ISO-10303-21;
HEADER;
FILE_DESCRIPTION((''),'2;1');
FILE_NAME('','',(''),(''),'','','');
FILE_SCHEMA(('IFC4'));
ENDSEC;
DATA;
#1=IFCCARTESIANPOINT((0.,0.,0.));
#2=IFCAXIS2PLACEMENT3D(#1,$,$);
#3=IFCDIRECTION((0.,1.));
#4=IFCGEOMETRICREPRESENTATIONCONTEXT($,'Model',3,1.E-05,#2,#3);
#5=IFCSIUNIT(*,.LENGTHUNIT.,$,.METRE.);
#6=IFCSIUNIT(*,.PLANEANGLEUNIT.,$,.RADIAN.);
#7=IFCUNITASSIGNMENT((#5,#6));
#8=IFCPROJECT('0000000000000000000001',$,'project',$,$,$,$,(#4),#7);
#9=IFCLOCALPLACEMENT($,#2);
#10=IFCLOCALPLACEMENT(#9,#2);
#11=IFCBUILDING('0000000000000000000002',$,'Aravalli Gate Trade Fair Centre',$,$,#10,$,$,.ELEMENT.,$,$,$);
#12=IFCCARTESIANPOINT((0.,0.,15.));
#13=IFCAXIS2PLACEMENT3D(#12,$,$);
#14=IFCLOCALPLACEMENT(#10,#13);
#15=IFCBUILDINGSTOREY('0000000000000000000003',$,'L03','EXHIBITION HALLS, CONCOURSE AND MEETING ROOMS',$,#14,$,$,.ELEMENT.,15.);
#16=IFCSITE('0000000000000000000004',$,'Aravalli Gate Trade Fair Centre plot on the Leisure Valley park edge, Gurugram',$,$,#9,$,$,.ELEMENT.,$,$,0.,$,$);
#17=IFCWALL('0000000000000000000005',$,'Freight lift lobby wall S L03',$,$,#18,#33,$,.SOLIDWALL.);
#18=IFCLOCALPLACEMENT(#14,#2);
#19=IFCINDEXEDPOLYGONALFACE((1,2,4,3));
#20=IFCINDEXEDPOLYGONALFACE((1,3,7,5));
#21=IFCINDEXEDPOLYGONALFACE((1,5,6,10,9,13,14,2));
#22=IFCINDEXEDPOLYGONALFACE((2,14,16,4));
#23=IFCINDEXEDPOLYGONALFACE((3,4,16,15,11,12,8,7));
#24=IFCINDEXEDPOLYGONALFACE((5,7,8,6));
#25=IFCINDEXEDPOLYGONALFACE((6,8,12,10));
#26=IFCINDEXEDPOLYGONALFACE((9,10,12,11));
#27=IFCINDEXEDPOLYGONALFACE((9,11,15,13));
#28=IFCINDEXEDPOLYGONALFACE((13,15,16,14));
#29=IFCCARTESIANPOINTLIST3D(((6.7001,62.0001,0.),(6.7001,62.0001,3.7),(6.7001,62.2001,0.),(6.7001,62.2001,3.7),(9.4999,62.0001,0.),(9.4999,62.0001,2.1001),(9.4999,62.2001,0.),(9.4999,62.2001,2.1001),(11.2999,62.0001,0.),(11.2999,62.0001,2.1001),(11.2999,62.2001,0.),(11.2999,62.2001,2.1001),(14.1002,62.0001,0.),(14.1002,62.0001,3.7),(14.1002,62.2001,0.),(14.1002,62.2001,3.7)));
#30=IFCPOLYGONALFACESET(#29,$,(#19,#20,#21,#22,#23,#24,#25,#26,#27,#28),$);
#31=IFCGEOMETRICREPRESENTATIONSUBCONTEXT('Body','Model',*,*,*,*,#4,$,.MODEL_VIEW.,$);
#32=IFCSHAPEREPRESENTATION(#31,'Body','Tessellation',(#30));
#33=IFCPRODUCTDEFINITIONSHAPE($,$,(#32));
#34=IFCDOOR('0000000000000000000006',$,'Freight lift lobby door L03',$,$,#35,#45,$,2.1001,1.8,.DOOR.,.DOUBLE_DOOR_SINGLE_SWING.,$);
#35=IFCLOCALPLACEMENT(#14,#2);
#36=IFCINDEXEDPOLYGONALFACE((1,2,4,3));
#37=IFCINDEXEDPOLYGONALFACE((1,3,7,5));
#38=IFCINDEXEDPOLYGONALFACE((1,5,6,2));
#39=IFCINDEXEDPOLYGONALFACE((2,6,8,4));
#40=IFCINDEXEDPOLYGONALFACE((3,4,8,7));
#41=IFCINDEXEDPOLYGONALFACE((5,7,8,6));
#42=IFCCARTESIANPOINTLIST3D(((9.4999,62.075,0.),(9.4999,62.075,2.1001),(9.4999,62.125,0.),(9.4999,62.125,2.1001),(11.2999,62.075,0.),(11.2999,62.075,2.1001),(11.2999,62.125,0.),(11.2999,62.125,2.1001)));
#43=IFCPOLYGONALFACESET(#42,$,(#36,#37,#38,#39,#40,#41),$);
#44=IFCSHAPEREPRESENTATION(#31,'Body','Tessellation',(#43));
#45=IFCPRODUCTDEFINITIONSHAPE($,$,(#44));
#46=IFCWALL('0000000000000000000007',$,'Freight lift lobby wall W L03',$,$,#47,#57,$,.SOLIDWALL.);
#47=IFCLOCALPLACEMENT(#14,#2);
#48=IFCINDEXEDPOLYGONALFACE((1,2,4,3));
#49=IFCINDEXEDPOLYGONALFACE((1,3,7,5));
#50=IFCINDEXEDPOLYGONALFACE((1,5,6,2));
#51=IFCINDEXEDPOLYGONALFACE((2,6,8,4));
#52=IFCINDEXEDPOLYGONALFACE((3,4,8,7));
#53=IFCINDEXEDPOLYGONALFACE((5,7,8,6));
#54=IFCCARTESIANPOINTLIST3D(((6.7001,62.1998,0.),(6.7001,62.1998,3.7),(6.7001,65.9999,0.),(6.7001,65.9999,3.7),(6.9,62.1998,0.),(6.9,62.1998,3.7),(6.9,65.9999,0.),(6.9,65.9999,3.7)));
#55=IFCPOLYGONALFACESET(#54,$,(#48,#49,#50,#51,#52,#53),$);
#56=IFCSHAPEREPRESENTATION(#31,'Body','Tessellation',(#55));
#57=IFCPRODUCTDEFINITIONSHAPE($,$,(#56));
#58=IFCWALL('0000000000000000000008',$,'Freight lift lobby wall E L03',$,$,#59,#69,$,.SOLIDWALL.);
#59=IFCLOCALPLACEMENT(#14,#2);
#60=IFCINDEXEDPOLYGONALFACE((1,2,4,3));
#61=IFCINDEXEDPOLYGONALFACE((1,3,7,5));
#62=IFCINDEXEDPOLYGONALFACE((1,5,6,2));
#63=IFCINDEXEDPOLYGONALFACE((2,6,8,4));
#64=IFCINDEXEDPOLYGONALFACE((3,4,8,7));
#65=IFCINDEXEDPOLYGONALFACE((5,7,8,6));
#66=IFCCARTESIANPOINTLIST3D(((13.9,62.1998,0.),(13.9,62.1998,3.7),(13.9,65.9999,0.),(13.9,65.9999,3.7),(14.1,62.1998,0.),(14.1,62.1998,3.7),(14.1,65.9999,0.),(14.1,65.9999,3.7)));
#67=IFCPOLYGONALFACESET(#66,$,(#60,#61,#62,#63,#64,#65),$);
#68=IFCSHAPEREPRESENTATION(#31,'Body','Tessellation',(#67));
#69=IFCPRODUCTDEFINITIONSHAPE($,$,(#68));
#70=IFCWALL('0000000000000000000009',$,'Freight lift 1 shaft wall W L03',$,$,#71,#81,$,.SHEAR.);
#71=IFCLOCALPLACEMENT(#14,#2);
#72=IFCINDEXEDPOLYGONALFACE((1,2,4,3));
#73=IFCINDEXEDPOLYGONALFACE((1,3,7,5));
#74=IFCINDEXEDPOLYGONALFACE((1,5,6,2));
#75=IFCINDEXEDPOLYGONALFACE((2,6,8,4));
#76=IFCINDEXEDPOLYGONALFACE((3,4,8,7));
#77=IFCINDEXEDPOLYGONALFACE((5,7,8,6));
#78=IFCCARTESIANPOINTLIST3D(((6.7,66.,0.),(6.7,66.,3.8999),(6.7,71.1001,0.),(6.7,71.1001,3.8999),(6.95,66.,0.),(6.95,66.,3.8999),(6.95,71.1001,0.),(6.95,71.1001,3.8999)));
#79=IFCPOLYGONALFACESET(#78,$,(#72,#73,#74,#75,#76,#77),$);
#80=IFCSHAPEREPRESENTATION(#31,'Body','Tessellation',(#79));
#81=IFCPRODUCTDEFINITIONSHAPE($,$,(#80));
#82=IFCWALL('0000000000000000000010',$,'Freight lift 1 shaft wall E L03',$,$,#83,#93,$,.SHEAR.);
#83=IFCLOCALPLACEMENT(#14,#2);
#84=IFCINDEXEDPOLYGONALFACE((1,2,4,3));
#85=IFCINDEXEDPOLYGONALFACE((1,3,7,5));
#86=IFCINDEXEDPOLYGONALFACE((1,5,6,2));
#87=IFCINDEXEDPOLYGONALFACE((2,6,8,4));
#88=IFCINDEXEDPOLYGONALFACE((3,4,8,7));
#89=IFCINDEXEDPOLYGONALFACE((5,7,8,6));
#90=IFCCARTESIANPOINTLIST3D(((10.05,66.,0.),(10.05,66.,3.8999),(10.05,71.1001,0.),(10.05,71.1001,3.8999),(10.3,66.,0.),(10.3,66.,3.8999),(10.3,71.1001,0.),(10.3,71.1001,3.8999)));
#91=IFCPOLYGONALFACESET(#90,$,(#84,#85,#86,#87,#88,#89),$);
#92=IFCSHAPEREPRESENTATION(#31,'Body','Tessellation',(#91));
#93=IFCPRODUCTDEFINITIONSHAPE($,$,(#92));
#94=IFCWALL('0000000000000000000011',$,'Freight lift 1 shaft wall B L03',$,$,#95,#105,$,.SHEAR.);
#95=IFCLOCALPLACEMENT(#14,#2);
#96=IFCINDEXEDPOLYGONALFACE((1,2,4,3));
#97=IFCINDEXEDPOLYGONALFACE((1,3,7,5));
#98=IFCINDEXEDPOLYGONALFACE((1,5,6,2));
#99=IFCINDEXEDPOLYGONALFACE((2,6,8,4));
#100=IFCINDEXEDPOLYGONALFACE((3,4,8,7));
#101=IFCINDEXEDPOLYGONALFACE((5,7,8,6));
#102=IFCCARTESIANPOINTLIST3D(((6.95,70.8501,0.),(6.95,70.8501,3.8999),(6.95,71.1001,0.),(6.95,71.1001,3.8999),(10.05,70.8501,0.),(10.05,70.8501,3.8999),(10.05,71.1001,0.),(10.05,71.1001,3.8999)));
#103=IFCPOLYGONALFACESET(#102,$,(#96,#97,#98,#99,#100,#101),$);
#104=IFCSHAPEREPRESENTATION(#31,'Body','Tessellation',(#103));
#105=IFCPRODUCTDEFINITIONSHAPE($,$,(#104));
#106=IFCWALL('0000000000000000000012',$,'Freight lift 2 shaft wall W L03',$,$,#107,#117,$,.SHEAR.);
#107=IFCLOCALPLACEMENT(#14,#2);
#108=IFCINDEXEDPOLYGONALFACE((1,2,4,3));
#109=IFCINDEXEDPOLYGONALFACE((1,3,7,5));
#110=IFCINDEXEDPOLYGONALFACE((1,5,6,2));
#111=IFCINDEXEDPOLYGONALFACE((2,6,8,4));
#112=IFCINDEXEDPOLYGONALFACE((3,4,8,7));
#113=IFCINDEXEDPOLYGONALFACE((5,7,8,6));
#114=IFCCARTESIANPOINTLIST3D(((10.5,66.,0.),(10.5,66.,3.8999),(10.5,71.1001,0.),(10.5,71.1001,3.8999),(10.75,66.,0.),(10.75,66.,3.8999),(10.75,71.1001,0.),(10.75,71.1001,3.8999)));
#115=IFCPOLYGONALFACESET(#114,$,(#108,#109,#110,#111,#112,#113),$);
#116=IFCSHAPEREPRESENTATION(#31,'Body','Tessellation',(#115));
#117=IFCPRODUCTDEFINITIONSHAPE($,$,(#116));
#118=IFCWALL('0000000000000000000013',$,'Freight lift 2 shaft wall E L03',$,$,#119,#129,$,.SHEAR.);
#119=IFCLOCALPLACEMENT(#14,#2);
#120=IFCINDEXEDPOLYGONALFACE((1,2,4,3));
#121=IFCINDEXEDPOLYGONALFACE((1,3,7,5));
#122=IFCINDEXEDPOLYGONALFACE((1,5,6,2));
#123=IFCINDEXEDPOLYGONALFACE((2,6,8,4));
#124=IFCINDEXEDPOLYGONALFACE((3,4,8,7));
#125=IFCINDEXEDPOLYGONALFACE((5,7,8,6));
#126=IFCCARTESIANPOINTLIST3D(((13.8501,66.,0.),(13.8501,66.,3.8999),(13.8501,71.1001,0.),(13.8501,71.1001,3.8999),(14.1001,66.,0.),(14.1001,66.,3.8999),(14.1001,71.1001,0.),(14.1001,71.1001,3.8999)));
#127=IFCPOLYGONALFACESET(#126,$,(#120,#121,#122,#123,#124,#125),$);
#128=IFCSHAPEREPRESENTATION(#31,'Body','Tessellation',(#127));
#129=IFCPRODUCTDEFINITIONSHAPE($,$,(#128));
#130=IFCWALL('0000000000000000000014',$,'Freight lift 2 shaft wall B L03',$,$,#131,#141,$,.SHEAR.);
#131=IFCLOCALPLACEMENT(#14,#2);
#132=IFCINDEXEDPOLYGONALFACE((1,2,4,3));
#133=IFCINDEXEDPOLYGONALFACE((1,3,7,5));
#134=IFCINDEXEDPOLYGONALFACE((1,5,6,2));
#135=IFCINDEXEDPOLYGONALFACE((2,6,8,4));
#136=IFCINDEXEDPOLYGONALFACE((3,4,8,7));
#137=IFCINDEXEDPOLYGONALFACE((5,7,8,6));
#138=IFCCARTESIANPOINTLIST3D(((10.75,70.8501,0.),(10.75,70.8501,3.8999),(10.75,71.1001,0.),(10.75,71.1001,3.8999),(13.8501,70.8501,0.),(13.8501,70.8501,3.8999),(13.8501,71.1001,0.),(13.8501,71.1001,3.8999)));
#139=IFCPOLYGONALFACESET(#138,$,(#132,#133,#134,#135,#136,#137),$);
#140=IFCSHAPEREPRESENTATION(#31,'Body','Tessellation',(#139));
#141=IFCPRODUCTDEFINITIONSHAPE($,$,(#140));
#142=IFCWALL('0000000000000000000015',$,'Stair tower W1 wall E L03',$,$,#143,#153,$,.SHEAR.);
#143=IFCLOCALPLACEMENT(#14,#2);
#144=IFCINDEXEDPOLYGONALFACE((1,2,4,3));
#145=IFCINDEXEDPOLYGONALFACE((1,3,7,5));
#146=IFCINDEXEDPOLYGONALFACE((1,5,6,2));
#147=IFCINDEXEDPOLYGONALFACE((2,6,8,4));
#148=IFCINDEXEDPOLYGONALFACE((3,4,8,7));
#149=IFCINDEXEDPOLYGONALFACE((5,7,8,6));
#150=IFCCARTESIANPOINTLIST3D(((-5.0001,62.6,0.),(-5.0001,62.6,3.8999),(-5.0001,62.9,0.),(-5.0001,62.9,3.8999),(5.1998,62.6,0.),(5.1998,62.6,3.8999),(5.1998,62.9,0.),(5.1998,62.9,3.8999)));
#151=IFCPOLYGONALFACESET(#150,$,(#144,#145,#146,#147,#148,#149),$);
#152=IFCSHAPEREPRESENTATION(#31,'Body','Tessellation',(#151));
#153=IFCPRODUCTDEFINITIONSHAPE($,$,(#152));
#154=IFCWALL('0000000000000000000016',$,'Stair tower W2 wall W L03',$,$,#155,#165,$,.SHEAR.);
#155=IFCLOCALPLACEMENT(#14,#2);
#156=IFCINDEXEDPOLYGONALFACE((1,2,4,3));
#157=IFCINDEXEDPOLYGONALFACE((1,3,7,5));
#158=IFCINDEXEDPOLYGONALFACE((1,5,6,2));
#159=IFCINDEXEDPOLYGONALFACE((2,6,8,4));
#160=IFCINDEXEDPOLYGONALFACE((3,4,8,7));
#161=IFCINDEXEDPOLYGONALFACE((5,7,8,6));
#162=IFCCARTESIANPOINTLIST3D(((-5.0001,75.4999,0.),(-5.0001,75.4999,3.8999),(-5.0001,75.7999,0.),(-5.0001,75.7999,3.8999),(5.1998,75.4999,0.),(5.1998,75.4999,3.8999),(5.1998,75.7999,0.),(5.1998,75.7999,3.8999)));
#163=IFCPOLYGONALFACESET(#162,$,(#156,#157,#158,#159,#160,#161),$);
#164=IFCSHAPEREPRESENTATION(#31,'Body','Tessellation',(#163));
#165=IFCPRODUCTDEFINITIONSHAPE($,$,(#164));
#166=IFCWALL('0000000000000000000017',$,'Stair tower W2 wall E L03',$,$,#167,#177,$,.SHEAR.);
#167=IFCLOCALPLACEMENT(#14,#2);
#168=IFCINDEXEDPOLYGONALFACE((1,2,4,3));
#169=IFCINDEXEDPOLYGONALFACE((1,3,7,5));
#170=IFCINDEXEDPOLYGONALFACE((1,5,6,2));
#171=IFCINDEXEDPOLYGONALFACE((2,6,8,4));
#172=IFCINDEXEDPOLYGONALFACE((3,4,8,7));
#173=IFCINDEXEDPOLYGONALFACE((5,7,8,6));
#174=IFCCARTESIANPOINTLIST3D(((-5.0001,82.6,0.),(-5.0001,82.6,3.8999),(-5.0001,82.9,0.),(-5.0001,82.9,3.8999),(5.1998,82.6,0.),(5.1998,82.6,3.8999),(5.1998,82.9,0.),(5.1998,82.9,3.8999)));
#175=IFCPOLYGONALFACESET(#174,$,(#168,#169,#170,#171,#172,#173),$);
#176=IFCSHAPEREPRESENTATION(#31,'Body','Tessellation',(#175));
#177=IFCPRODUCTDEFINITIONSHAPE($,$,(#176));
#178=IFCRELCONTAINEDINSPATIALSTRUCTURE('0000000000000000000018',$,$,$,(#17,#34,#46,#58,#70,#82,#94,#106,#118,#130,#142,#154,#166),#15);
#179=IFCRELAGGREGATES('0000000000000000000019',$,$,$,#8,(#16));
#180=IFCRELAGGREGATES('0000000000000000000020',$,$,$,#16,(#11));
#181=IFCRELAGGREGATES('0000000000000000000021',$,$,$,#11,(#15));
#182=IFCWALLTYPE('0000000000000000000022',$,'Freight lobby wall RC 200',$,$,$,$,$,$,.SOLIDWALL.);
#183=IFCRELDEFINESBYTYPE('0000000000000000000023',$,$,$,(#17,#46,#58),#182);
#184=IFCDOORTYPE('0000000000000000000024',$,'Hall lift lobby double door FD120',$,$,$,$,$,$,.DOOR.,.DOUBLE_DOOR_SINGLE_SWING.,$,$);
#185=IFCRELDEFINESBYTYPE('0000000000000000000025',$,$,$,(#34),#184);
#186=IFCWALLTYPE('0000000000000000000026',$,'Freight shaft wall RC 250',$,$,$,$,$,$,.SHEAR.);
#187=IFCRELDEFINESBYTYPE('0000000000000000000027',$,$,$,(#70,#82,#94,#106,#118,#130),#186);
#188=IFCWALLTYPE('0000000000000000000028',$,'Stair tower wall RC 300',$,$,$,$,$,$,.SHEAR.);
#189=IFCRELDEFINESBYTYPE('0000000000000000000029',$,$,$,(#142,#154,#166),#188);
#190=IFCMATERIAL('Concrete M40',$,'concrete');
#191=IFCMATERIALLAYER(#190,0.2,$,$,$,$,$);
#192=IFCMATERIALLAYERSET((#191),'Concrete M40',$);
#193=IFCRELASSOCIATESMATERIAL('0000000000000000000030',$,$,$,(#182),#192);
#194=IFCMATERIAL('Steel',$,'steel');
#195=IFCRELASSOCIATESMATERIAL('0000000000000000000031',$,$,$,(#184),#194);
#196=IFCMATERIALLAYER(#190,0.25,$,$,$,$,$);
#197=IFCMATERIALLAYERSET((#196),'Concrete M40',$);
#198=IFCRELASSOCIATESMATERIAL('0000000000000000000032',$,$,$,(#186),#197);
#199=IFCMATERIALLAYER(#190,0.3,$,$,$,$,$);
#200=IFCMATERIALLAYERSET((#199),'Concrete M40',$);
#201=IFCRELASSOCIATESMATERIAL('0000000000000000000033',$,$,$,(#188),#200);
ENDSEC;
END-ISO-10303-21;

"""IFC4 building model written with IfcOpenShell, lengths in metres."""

from ifc_helpers import new_model, si_unit, direction, frame, frame_2d, origin, place, context, subcontext, project, spatial, rectangle, extrude, material, layer, layer_set, type_object, element, fill, save


model = new_model("IFC4")

# Units and contexts
model_context = context("Model", 3, precision=1e-05, world=origin(), true_north=direction((0.0, 1.0)))
body_context = subcontext(model_context, "Body", "Model", "MODEL_VIEW")
ifc_project = project(units=[si_unit("LENGTHUNIT", "METRE"), si_unit("PLANEANGLEUNIT", "RADIAN")], contexts=[model_context])

# Site, building, storey
site_placement = place(None, origin())
site = spatial("IfcSite", under=ifc_project, at=site_placement, Name="Aravalli Gate Trade Fair Centre plot on the Leisure Valley park edge, Gurugram", CompositionType="ELEMENT", RefElevation=0.0)
building_placement = place(site_placement, origin())
building = spatial("IfcBuilding", under=site, at=building_placement, Name="Aravalli Gate Trade Fair Centre", CompositionType="ELEMENT")
storey_placement = place(building_placement, frame((0.0, 0.0, 15.0)))
storey = spatial("IfcBuildingStorey", under=building, at=storey_placement, Name="L03", Description="EXHIBITION HALLS, CONCOURSE AND MEETING ROOMS", CompositionType="ELEMENT", Elevation=15.0)

# Wall, opening, door
ifc_material_1 = material(Name="Concrete M40", Category="concrete")
ifc_layer_1 = layer(ifc_material_1, 0.2)
ifc_layer_set_1 = layer_set([ifc_layer_1], Name="Concrete M40")
wall_type_1 = type_object("IfcWallType", Name="Freight lobby wall RC 200", PredefinedType="SOLIDWALL", material=ifc_layer_set_1)
wall_1_placement = place(storey_placement, frame((6.7, 62.1001, 0.0), z_axis=(0.0, 0.0, 1.0), x_axis=(1.0, 0.0, 0.0)))
wall_1 = element("IfcWall", 1, at=wall_1_placement, inside=storey, type_object=wall_type_1, Name="Freight lift lobby wall S L03", PredefinedType="SOLIDWALL", context=body_context, shape_type="SweptSolid", body=[
    extrude(rectangle(XDim=7.4001, YDim=0.2, at=frame_2d((3.7002, 0.0))), origin(), (0.0, 0.0, 1.0), 3.7),
])
opening_1_placement = place(wall_1_placement, frame((2.8, 0.0, 0.0)))
opening_1 = element("IfcOpeningElement", 2, at=opening_1_placement, cuts=wall_1, PredefinedType="OPENING", context=body_context, shape_type="SweptSolid", body=[
    extrude(rectangle(XDim=1.8, YDim=2.1001, at=frame_2d((0.8999, 1.05))), frame((0.0, 0.1099, 0.0), z_axis=(0.0, -1.0, 0.0), x_axis=(1.0, 0.0, 0.0)), (0.0, 0.0, 1.0), 0.22),
])
ifc_material_2 = material(Name="Steel", Category="steel")
door_type_1 = type_object("IfcDoorType", Name="Hall lift lobby double door FD120", OperationType="DOUBLE_DOOR_SINGLE_SWING", PredefinedType="DOOR", material=ifc_material_2)
door_1_placement = place(opening_1_placement, origin())
door_1 = element("IfcDoor", 3, at=door_1_placement, inside=storey, type_object=door_type_1, Name="Freight lift lobby door L03", OperationType="DOUBLE_DOOR_SINGLE_SWING", OverallHeight=2.1001, OverallWidth=1.8, PredefinedType="DOOR", context=body_context, shape_type="SweptSolid", body=[
    extrude(rectangle(XDim=1.8, YDim=2.1001, at=frame_2d((0.8999, 1.05))), frame((0.0, 0.0249, 0.0), z_axis=(0.0, -1.0, 0.0), x_axis=(1.0, 0.0, 0.0)), (0.0, 0.0, 1.0), 0.05),
])
fill(opening_1, door_1)

# Walls
for number, where, z_axis, x_axis, name in (
    (4, (6.8, 62.2, 0.0), (0.0, 0.0, 1.0), (0.0, 1.0, 0.0), "Freight lift lobby wall W L03"),
    (5, (14.0, 62.2, 0.0), (0.0, 0.0, 1.0), (0.0, 1.0, 0.0), "Freight lift lobby wall E L03"),
):
    element("IfcWall", number, at=place(storey_placement, frame(where, z_axis=z_axis, x_axis=x_axis)), inside=storey, type_object=wall_type_1, Name=name, PredefinedType="SOLIDWALL", context=body_context, shape_type="SweptSolid", body=[
        extrude(rectangle(XDim=3.8, YDim=0.2, at=frame_2d((1.8999, 0.0))), origin(), (0.0, 0.0, 1.0), 3.7),
    ])
ifc_layer_2 = layer(ifc_material_1, 0.25)
ifc_layer_set_2 = layer_set([ifc_layer_2], Name="Concrete M40")
wall_type_2 = type_object("IfcWallType", Name="Freight shaft wall RC 250", PredefinedType="SHEAR", material=ifc_layer_set_2)
for number, where, z_axis, x_axis, name in (
    (6, (6.825, 66.0, 0.0), (0.0, 0.0, 1.0), (0.0, 1.0, 0.0), "Freight lift 1 shaft wall W L03"),
    (7, (10.175, 66.0, 0.0), (0.0, 0.0, 1.0), (0.0, 1.0, 0.0), "Freight lift 1 shaft wall E L03"),
):
    element("IfcWall", number, at=place(storey_placement, frame(where, z_axis=z_axis, x_axis=x_axis)), inside=storey, type_object=wall_type_2, Name=name, PredefinedType="SHEAR", context=body_context, shape_type="SweptSolid", body=[
        extrude(rectangle(XDim=5.1001, YDim=0.25, at=frame_2d((2.55, 0.0))), origin(), (0.0, 0.0, 1.0), 3.8999),
    ])

# Walls
wall_2_placement = place(storey_placement, frame((6.95, 70.9751, 0.0), z_axis=(0.0, 0.0, 1.0), x_axis=(1.0, 0.0, 0.0)))
element("IfcWall", 8, at=wall_2_placement, inside=storey, type_object=wall_type_2, Name="Freight lift 1 shaft wall B L03", PredefinedType="SHEAR", context=body_context, shape_type="SweptSolid", body=[
    extrude(rectangle(XDim=3.1001, YDim=0.25, at=frame_2d((1.55, 0.0))), origin(), (0.0, 0.0, 1.0), 3.8999),
])
for number, where, z_axis, x_axis, name in (
    (9, (10.625, 66.0, 0.0), (0.0, 0.0, 1.0), (0.0, 1.0, 0.0), "Freight lift 2 shaft wall W L03"),
    (10, (13.9751, 66.0, 0.0), (0.0, 0.0, 1.0), (0.0, 1.0, 0.0), "Freight lift 2 shaft wall E L03"),
):
    element("IfcWall", number, at=place(storey_placement, frame(where, z_axis=z_axis, x_axis=x_axis)), inside=storey, type_object=wall_type_2, Name=name, PredefinedType="SHEAR", context=body_context, shape_type="SweptSolid", body=[
        extrude(rectangle(XDim=5.1001, YDim=0.25, at=frame_2d((2.55, 0.0))), origin(), (0.0, 0.0, 1.0), 3.8999),
    ])

# Walls
wall_3_placement = place(storey_placement, frame((10.75, 70.9751, 0.0), z_axis=(0.0, 0.0, 1.0), x_axis=(1.0, 0.0, 0.0)))
element("IfcWall", 11, at=wall_3_placement, inside=storey, type_object=wall_type_2, Name="Freight lift 2 shaft wall B L03", PredefinedType="SHEAR", context=body_context, shape_type="SweptSolid", body=[
    extrude(rectangle(XDim=3.1001, YDim=0.25, at=frame_2d((1.55, 0.0))), origin(), (0.0, 0.0, 1.0), 3.8999),
])
ifc_layer_3 = layer(ifc_material_1, 0.3)
ifc_layer_set_3 = layer_set([ifc_layer_3], Name="Concrete M40")
wall_type_3 = type_object("IfcWallType", Name="Stair tower wall RC 300", PredefinedType="SHEAR", material=ifc_layer_set_3)
for number, where, z_axis, x_axis, name in (
    (12, (5.2, 62.75, 0.0), (0.0, 0.0, 1.0), (-1.0, 0.0, 0.0), "Stair tower W1 wall E L03"),
    (13, (5.2, 75.6499, 0.0), (0.0, 0.0, 1.0), (-1.0, 0.0, 0.0), "Stair tower W2 wall W L03"),
    (14, (5.2, 82.75, 0.0), (0.0, 0.0, 1.0), (-1.0, 0.0, 0.0), "Stair tower W2 wall E L03"),
):
    element("IfcWall", number, at=place(storey_placement, frame(where, z_axis=z_axis, x_axis=x_axis)), inside=storey, type_object=wall_type_3, Name=name, PredefinedType="SHEAR", context=body_context, shape_type="SweptSolid", body=[
        extrude(rectangle(XDim=10.2, YDim=0.3, at=frame_2d((5.1001, 0.0))), origin(), (0.0, 0.0, 1.0), 3.8999),
    ])

save(model, "model.ifc")
